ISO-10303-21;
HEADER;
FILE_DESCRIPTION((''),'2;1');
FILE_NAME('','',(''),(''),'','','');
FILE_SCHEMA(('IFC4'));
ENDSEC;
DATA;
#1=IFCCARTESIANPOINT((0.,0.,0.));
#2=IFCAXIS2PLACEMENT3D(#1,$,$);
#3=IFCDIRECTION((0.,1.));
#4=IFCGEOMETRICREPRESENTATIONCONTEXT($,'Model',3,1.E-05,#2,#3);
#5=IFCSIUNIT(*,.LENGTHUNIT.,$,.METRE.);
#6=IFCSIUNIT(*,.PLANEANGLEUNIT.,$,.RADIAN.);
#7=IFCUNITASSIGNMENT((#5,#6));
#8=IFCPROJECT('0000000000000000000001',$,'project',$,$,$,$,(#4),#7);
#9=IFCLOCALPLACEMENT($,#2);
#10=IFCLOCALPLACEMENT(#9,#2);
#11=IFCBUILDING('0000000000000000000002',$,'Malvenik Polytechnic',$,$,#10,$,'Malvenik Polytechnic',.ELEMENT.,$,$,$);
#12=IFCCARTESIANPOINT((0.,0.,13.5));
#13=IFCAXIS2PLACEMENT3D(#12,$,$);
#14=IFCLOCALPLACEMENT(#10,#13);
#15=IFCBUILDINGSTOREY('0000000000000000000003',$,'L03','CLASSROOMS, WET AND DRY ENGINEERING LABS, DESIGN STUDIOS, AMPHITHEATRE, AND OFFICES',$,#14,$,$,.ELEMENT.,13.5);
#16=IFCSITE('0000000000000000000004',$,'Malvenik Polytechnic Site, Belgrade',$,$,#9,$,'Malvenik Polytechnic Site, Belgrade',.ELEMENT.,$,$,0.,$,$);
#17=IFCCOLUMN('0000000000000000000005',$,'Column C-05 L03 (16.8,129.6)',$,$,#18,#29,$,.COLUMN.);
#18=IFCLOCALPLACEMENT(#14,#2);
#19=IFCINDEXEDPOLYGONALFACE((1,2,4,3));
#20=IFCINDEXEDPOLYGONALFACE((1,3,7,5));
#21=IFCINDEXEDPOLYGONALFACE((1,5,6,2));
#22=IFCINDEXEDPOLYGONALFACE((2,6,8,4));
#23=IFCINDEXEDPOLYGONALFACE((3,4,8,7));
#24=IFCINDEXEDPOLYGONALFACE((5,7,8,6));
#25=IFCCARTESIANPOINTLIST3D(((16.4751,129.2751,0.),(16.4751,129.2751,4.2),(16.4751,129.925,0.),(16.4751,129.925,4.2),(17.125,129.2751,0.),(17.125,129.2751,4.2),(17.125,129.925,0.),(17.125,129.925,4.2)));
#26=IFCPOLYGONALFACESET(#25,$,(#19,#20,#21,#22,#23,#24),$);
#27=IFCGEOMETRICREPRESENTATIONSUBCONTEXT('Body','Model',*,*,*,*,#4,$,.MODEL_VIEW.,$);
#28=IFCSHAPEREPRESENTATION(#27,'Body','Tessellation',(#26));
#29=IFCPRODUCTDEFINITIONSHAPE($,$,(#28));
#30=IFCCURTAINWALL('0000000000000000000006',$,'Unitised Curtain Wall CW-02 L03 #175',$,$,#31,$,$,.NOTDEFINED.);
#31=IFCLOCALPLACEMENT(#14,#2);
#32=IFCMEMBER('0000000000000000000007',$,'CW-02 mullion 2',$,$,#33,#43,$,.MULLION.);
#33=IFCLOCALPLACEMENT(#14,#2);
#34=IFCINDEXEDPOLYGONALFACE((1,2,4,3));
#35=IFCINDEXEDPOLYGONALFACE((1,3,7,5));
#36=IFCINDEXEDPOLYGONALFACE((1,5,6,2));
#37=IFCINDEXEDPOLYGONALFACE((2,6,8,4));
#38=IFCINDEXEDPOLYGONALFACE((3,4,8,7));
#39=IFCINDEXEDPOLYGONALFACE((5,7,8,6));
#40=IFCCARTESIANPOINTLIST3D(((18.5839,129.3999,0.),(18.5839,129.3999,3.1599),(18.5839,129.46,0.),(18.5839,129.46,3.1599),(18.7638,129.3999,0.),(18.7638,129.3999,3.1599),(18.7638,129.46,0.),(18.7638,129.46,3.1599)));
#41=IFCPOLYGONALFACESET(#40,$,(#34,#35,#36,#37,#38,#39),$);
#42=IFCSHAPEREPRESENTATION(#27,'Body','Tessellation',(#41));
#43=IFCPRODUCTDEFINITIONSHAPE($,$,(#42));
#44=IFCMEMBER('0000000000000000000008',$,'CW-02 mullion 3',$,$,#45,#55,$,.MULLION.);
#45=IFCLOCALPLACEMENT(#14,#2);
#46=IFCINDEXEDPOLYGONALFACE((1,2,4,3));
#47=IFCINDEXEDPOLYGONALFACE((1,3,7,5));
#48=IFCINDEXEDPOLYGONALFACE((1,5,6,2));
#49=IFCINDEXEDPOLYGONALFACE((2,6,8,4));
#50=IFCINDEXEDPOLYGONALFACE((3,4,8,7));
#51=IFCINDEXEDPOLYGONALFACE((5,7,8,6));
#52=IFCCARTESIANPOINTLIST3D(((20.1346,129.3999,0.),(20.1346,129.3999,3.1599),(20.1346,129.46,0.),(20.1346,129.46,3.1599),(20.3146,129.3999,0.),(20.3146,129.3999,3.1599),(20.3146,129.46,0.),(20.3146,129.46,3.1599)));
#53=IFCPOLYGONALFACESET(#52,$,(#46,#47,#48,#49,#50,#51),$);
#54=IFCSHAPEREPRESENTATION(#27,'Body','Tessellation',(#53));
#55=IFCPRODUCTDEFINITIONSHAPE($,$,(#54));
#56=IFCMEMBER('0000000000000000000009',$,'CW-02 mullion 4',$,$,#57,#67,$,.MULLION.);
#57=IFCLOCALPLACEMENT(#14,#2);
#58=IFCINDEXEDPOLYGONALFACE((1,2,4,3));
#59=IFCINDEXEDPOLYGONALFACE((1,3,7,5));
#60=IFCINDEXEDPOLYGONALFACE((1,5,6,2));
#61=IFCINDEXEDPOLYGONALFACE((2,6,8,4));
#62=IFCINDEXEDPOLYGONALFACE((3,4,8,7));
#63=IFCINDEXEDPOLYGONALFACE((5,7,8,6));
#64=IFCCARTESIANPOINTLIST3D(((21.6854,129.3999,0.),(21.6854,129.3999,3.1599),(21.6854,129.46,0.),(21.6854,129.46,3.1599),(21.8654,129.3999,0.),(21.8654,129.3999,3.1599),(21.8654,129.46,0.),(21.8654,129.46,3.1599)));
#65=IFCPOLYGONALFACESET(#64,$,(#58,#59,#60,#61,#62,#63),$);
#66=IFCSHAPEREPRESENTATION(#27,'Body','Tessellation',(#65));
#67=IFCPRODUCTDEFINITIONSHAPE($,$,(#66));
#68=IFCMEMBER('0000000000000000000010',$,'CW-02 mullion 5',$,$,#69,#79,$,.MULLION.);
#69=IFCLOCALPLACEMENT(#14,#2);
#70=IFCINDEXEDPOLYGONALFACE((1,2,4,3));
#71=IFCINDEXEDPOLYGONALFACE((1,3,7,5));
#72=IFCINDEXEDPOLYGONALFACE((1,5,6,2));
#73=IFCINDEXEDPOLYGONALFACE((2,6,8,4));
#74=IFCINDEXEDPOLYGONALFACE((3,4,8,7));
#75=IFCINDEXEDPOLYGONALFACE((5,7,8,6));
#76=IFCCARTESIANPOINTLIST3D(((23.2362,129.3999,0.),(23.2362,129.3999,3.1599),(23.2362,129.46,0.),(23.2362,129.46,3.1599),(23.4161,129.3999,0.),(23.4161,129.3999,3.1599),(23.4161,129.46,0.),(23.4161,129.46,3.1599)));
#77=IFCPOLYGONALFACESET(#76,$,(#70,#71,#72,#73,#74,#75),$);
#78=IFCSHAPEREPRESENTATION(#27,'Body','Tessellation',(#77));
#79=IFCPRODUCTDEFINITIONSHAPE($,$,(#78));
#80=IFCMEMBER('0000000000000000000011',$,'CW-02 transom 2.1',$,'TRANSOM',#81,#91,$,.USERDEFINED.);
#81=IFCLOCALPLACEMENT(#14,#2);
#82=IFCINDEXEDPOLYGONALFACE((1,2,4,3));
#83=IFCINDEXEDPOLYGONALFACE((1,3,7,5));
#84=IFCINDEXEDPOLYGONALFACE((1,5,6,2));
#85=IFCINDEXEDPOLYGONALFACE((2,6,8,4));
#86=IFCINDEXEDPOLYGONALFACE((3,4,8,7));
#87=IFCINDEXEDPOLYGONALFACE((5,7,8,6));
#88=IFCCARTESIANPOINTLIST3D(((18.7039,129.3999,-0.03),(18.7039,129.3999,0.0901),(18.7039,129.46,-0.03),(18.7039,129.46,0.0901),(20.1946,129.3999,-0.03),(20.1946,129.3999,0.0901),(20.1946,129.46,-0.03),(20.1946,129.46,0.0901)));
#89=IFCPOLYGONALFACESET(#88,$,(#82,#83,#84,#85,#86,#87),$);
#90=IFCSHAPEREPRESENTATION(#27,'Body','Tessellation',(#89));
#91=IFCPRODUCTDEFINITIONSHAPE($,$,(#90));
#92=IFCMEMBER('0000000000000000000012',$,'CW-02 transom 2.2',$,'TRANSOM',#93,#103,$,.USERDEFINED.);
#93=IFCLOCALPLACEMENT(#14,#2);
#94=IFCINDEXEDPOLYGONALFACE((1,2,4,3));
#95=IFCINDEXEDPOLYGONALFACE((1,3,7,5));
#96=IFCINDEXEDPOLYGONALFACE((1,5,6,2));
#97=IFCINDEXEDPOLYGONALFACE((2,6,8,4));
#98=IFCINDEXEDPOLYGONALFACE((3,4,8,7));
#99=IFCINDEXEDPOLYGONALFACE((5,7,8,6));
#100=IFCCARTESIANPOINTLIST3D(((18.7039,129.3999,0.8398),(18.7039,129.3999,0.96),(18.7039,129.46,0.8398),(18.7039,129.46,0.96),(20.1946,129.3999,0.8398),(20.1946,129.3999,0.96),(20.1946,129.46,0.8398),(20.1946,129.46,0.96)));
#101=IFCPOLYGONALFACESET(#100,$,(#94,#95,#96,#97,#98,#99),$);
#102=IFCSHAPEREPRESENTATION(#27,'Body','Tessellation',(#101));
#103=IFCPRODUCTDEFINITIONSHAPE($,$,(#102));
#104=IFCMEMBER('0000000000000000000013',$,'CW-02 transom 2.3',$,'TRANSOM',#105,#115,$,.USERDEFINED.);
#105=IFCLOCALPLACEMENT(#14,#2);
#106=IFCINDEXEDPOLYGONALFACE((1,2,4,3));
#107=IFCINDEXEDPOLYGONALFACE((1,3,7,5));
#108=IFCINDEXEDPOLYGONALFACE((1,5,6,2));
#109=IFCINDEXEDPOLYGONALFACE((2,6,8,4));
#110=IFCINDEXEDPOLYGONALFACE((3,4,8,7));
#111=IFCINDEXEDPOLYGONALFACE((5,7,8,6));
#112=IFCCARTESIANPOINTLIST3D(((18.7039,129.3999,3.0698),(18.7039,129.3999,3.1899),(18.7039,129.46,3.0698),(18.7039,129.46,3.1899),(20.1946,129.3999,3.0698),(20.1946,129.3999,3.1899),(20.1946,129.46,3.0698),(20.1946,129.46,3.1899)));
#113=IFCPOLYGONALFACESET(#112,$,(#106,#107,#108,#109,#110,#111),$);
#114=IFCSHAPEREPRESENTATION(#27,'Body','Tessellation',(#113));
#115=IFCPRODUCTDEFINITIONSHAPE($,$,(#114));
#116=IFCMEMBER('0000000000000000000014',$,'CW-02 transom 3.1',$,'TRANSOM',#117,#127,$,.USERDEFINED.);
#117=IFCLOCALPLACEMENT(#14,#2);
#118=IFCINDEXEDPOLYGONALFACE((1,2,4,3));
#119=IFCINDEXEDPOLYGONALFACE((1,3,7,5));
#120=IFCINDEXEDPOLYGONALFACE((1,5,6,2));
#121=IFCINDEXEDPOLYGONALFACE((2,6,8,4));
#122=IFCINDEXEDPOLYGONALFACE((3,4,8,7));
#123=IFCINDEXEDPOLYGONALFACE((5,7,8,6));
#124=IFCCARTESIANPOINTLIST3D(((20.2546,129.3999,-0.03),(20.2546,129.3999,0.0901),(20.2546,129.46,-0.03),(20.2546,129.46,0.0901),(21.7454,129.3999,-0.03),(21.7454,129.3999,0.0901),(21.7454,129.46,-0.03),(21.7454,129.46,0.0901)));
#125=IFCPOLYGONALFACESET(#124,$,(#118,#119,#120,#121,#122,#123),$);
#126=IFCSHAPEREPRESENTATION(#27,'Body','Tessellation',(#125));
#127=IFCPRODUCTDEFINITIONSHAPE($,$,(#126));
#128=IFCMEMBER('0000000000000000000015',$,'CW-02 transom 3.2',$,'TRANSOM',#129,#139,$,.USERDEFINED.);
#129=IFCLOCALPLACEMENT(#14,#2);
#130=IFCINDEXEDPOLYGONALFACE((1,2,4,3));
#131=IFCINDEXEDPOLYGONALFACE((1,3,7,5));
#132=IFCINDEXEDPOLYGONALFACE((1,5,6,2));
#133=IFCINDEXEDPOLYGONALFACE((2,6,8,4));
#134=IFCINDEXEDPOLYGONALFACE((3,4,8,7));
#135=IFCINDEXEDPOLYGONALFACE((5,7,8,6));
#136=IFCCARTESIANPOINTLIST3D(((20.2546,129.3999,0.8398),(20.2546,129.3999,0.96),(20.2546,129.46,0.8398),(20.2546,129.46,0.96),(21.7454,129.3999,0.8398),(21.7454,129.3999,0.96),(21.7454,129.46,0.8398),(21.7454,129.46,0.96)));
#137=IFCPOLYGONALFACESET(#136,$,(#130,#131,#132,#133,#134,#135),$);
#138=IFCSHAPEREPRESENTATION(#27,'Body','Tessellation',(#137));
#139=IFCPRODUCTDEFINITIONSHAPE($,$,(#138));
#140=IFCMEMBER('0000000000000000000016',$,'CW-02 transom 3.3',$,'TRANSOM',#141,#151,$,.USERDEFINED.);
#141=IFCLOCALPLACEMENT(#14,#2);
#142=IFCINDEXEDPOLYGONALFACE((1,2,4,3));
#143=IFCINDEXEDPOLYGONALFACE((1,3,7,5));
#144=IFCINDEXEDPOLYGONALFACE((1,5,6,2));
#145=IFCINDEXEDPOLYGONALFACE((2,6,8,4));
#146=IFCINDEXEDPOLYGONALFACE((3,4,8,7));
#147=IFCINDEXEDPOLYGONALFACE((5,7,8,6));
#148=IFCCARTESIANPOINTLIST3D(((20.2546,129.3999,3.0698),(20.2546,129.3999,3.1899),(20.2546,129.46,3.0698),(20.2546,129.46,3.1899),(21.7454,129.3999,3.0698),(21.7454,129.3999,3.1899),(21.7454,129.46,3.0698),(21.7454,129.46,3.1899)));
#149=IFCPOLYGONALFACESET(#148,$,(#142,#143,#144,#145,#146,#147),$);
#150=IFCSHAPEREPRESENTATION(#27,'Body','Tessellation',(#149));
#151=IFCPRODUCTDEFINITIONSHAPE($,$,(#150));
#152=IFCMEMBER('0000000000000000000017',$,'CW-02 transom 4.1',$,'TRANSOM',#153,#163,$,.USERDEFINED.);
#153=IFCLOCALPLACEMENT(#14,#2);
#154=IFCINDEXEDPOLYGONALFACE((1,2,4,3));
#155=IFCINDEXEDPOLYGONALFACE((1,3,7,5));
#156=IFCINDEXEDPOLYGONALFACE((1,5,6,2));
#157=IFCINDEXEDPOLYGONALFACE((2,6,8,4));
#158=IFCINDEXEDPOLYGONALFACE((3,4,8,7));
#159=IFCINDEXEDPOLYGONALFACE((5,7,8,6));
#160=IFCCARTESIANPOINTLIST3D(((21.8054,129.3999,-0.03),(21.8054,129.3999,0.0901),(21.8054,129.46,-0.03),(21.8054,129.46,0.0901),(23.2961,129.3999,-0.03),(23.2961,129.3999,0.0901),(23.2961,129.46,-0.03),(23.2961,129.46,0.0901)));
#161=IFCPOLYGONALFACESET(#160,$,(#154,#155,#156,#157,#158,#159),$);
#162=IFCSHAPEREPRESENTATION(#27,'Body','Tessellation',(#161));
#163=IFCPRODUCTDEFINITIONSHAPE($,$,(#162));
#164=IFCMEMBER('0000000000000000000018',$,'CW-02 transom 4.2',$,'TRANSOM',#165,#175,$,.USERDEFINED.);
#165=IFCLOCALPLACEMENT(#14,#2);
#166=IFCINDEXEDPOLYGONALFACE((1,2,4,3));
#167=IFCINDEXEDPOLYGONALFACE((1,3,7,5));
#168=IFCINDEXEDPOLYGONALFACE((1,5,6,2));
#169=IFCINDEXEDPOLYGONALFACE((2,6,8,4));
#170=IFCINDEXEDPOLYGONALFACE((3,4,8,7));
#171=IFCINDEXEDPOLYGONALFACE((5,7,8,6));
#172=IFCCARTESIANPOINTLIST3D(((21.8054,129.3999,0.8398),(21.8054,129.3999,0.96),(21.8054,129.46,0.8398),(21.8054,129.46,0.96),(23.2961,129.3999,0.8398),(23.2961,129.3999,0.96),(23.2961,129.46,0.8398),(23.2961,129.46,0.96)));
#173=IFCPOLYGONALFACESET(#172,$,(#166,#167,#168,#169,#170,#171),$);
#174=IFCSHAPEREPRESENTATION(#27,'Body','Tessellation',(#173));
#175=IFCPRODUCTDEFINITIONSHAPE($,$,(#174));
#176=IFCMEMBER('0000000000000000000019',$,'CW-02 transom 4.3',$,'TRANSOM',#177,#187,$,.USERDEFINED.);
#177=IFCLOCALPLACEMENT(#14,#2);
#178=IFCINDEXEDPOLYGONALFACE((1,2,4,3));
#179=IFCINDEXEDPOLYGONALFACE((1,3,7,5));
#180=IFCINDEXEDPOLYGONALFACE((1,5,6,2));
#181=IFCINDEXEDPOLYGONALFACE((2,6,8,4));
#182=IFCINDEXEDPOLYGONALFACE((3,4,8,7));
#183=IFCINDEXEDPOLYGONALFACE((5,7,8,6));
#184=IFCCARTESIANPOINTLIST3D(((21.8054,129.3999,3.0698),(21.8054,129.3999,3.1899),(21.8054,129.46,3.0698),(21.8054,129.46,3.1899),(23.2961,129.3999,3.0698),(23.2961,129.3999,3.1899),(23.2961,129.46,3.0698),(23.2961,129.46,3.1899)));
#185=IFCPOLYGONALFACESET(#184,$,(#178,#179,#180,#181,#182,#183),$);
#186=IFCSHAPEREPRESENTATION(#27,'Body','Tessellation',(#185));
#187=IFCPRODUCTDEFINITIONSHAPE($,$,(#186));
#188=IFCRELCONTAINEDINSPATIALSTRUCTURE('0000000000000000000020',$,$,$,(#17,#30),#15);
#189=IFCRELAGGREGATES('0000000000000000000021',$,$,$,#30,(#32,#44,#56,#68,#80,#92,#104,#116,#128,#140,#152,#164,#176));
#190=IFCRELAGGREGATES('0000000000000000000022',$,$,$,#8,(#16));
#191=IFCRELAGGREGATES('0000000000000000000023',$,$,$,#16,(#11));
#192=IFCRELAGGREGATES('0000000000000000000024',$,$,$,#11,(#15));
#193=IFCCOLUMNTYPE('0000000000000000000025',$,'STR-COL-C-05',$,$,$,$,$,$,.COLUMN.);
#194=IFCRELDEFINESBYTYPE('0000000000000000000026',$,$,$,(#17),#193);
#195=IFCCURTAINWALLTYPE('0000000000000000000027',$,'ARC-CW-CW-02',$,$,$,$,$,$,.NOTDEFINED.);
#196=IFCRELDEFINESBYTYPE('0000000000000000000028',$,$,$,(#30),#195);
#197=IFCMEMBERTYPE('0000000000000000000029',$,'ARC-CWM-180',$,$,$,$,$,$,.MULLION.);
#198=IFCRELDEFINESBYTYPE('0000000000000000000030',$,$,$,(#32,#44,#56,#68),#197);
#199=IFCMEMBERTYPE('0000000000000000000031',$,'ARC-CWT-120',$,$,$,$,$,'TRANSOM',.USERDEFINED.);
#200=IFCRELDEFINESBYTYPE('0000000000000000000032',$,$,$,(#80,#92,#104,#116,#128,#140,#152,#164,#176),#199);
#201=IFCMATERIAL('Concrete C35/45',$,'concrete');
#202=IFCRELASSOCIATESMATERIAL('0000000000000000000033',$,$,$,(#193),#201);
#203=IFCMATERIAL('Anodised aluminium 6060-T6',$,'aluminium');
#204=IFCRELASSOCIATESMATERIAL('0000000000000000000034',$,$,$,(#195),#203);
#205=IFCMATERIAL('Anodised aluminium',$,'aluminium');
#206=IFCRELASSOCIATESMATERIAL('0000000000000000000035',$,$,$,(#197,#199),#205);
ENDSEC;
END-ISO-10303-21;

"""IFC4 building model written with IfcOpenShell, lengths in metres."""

from ifc_helpers import new_model, si_unit, direction, frame, origin, origin_2d, place, context, subcontext, project, spatial, rectangle, extrude, material, material_profile, profile_set, type_object, element, aggregate, save


model = new_model("IFC4")

# Units and contexts
model_context = context("Model", 3, precision=1e-05, world=origin(), true_north=direction((0.0, 1.0)))
body_context = subcontext(model_context, "Body", "Model", "MODEL_VIEW")
ifc_project = project(units=[si_unit("LENGTHUNIT", "METRE"), si_unit("PLANEANGLEUNIT", "RADIAN")], contexts=[model_context])

# Site, building, storey
site_placement = place(None, origin())
site = spatial("IfcSite", under=ifc_project, at=site_placement, Name="Malvenik Polytechnic Site, Belgrade", LongName="Malvenik Polytechnic Site, Belgrade", CompositionType="ELEMENT", RefElevation=0.0)
building_placement = place(site_placement, origin())
building = spatial("IfcBuilding", under=site, at=building_placement, Name="Malvenik Polytechnic", LongName="Malvenik Polytechnic", CompositionType="ELEMENT")
storey_placement = place(building_placement, frame((0.0, 0.0, 13.5)))
storey = spatial("IfcBuildingStorey", under=building, at=storey_placement, Name="L03", Description="CLASSROOMS, WET AND DRY ENGINEERING LABS, DESIGN STUDIOS, AMPHITHEATRE, AND OFFICES", CompositionType="ELEMENT", Elevation=13.5)

# Column
ifc_material_1 = material(Name="Concrete C35/45", Category="concrete")
ifc_material_profile_1 = material_profile(ifc_material_1, rectangle(XDim=0.6499, YDim=0.6499, at=origin_2d()), Name="RC COL 650x650")
ifc_profile_set_1 = profile_set([ifc_material_profile_1], Name="Concrete C35/45")
column_type = type_object("IfcColumnType", Name="STR-COL-C-05", PredefinedType="COLUMN", material=ifc_profile_set_1)
column_placement = place(storey_placement, frame((16.8, 129.6001, 0.0), z_axis=(0.0, 0.0, 1.0), x_axis=(1.0, 0.0, 0.0)))
element("IfcColumn", 1, at=column_placement, inside=storey, type_object=column_type, Name="Column C-05 L03 (16.8,129.6)", PredefinedType="COLUMN", context=body_context, shape_type="SweptSolid", body=[
    extrude(rectangle(XDim=0.6499, YDim=0.6499, at=origin_2d()), origin(), (0.0, 0.0, 1.0), 4.2),
])

# Curtain wall, members
ifc_material_2 = material(Name="Anodised aluminium 6060-T6", Category="aluminium")
curtain_wall_type = type_object("IfcCurtainWallType", Name="ARC-CW-CW-02", PredefinedType="NOTDEFINED", material=ifc_material_2)
curtain_wall_placement = place(storey_placement, origin())
curtain_wall = element("IfcCurtainWall", 2, at=curtain_wall_placement, inside=storey, type_object=curtain_wall_type, Name="Unitised Curtain Wall CW-02 L03 #175", PredefinedType="NOTDEFINED")
ifc_material_3 = material(Name="Anodised aluminium", Category="aluminium")
ifc_material_profile_2 = material_profile(ifc_material_3, rectangle(XDim=0.0601, YDim=0.1799, at=origin_2d()), Name="ALU MULLION 60x180")
ifc_profile_set_2 = profile_set([ifc_material_profile_2], Name="Anodised aluminium")
member_type_1 = type_object("IfcMemberType", Name="ARC-CWM-180", PredefinedType="MULLION", material=ifc_profile_set_2)
member_1_placement = place(storey_placement, frame((18.6738, 129.4299, 0.0), z_axis=(0.0, 0.0, 1.0), x_axis=(0.0, 1.0, 0.0)))
member_1 = element("IfcMember", 3, at=member_1_placement, type_object=member_type_1, Name="CW-02 mullion 2", PredefinedType="MULLION", context=body_context, shape_type="SweptSolid", body=[
    extrude(rectangle(XDim=0.0601, YDim=0.1799, at=origin_2d()), origin(), (0.0, 0.0, 1.0), 3.1599),
])
member_2_placement = place(storey_placement, frame((20.2246, 129.4299, 0.0), z_axis=(0.0, 0.0, 1.0), x_axis=(0.0, 1.0, 0.0)))
member_2 = element("IfcMember", 4, at=member_2_placement, type_object=member_type_1, Name="CW-02 mullion 3", PredefinedType="MULLION", context=body_context, shape_type="SweptSolid", body=[
    extrude(rectangle(XDim=0.0601, YDim=0.1799, at=origin_2d()), origin(), (0.0, 0.0, 1.0), 3.1599),
])
member_3_placement = place(storey_placement, frame((21.7754, 129.4299, 0.0), z_axis=(0.0, 0.0, 1.0), x_axis=(0.0, 1.0, 0.0)))
member_3 = element("IfcMember", 5, at=member_3_placement, type_object=member_type_1, Name="CW-02 mullion 4", PredefinedType="MULLION", context=body_context, shape_type="SweptSolid", body=[
    extrude(rectangle(XDim=0.0601, YDim=0.1799, at=origin_2d()), origin(), (0.0, 0.0, 1.0), 3.1599),
])
member_4_placement = place(storey_placement, frame((23.3262, 129.4299, 0.0), z_axis=(0.0, 0.0, 1.0), x_axis=(0.0, 1.0, 0.0)))
member_4 = element("IfcMember", 6, at=member_4_placement, type_object=member_type_1, Name="CW-02 mullion 5", PredefinedType="MULLION", context=body_context, shape_type="SweptSolid", body=[
    extrude(rectangle(XDim=0.0601, YDim=0.1799, at=origin_2d()), origin(), (0.0, 0.0, 1.0), 3.1599),
])
ifc_material_profile_3 = material_profile(ifc_material_3, rectangle(XDim=0.0601, YDim=0.1201, at=origin_2d()), Name="ALU TRANSOM 60x120")
ifc_profile_set_3 = profile_set([ifc_material_profile_3], Name="Anodised aluminium")
member_type_2 = type_object("IfcMemberType", Name="ARC-CWT-120", ElementType="TRANSOM", PredefinedType="USERDEFINED", material=ifc_profile_set_3)
member_5_placement = place(storey_placement, frame((18.7039, 129.4299, 0.03), z_axis=(1.0, 0.0, 0.0), x_axis=(0.0, 1.0, 0.0)))
member_5 = element("IfcMember", 7, at=member_5_placement, type_object=member_type_2, Name="CW-02 transom 2.1", ObjectType="TRANSOM", PredefinedType="USERDEFINED", context=body_context, shape_type="SweptSolid", body=[
    extrude(rectangle(XDim=0.0601, YDim=0.1201, at=origin_2d()), origin(), (0.0, 0.0, 1.0), 1.4907),
])
member_6_placement = place(storey_placement, frame((18.7039, 129.4299, 0.8999), z_axis=(1.0, 0.0, 0.0), x_axis=(0.0, 1.0, 0.0)))
member_6 = element("IfcMember", 8, at=member_6_placement, type_object=member_type_2, Name="CW-02 transom 2.2", ObjectType="TRANSOM", PredefinedType="USERDEFINED", context=body_context, shape_type="SweptSolid", body=[
    extrude(rectangle(XDim=0.0601, YDim=0.1201, at=origin_2d()), origin(), (0.0, 0.0, 1.0), 1.4907),
])
member_7_placement = place(storey_placement, frame((18.7039, 129.4299, 3.1299), z_axis=(1.0, 0.0, 0.0), x_axis=(0.0, 1.0, 0.0)))
member_7 = element("IfcMember", 9, at=member_7_placement, type_object=member_type_2, Name="CW-02 transom 2.3", ObjectType="TRANSOM", PredefinedType="USERDEFINED", context=body_context, shape_type="SweptSolid", body=[
    extrude(rectangle(XDim=0.0601, YDim=0.1201, at=origin_2d()), origin(), (0.0, 0.0, 1.0), 1.4907),
])
member_8_placement = place(storey_placement, frame((20.2546, 129.4299, 0.03), z_axis=(1.0, 0.0, 0.0), x_axis=(0.0, 1.0, 0.0)))
member_8 = element("IfcMember", 10, at=member_8_placement, type_object=member_type_2, Name="CW-02 transom 3.1", ObjectType="TRANSOM", PredefinedType="USERDEFINED", context=body_context, shape_type="SweptSolid", body=[
    extrude(rectangle(XDim=0.0601, YDim=0.1201, at=origin_2d()), origin(), (0.0, 0.0, 1.0), 1.4907),
])
member_9_placement = place(storey_placement, frame((20.2546, 129.4299, 0.8999), z_axis=(1.0, 0.0, 0.0), x_axis=(0.0, 1.0, 0.0)))
member_9 = element("IfcMember", 11, at=member_9_placement, type_object=member_type_2, Name="CW-02 transom 3.2", ObjectType="TRANSOM", PredefinedType="USERDEFINED", context=body_context, shape_type="SweptSolid", body=[
    extrude(rectangle(XDim=0.0601, YDim=0.1201, at=origin_2d()), origin(), (0.0, 0.0, 1.0), 1.4907),
])
member_10_placement = place(storey_placement, frame((20.2546, 129.4299, 3.1299), z_axis=(1.0, 0.0, 0.0), x_axis=(0.0, 1.0, 0.0)))
member_10 = element("IfcMember", 12, at=member_10_placement, type_object=member_type_2, Name="CW-02 transom 3.3", ObjectType="TRANSOM", PredefinedType="USERDEFINED", context=body_context, shape_type="SweptSolid", body=[
    extrude(rectangle(XDim=0.0601, YDim=0.1201, at=origin_2d()), origin(), (0.0, 0.0, 1.0), 1.4907),
])
member_11_placement = place(storey_placement, frame((21.8054, 129.4299, 0.03), z_axis=(1.0, 0.0, 0.0), x_axis=(0.0, 1.0, 0.0)))
member_11 = element("IfcMember", 13, at=member_11_placement, type_object=member_type_2, Name="CW-02 transom 4.1", ObjectType="TRANSOM", PredefinedType="USERDEFINED", context=body_context, shape_type="SweptSolid", body=[
    extrude(rectangle(XDim=0.0601, YDim=0.1201, at=origin_2d()), origin(), (0.0, 0.0, 1.0), 1.4907),
])
member_12_placement = place(storey_placement, frame((21.8054, 129.4299, 0.8999), z_axis=(1.0, 0.0, 0.0), x_axis=(0.0, 1.0, 0.0)))
member_12 = element("IfcMember", 14, at=member_12_placement, type_object=member_type_2, Name="CW-02 transom 4.2", ObjectType="TRANSOM", PredefinedType="USERDEFINED", context=body_context, shape_type="SweptSolid", body=[
    extrude(rectangle(XDim=0.0601, YDim=0.1201, at=origin_2d()), origin(), (0.0, 0.0, 1.0), 1.4907),
])
member_13_placement = place(storey_placement, frame((21.8054, 129.4299, 3.1299), z_axis=(1.0, 0.0, 0.0), x_axis=(0.0, 1.0, 0.0)))
member_13 = element("IfcMember", 15, at=member_13_placement, type_object=member_type_2, Name="CW-02 transom 4.3", ObjectType="TRANSOM", PredefinedType="USERDEFINED", context=body_context, shape_type="SweptSolid", body=[
    extrude(rectangle(XDim=0.0601, YDim=0.1201, at=origin_2d()), origin(), (0.0, 0.0, 1.0), 1.4907),
])

aggregate(curtain_wall, [member_1, member_2, member_3, member_4, member_5, member_6, member_7, member_8, member_9, member_10, member_11, member_12, member_13])

save(model, "model.ifc")
